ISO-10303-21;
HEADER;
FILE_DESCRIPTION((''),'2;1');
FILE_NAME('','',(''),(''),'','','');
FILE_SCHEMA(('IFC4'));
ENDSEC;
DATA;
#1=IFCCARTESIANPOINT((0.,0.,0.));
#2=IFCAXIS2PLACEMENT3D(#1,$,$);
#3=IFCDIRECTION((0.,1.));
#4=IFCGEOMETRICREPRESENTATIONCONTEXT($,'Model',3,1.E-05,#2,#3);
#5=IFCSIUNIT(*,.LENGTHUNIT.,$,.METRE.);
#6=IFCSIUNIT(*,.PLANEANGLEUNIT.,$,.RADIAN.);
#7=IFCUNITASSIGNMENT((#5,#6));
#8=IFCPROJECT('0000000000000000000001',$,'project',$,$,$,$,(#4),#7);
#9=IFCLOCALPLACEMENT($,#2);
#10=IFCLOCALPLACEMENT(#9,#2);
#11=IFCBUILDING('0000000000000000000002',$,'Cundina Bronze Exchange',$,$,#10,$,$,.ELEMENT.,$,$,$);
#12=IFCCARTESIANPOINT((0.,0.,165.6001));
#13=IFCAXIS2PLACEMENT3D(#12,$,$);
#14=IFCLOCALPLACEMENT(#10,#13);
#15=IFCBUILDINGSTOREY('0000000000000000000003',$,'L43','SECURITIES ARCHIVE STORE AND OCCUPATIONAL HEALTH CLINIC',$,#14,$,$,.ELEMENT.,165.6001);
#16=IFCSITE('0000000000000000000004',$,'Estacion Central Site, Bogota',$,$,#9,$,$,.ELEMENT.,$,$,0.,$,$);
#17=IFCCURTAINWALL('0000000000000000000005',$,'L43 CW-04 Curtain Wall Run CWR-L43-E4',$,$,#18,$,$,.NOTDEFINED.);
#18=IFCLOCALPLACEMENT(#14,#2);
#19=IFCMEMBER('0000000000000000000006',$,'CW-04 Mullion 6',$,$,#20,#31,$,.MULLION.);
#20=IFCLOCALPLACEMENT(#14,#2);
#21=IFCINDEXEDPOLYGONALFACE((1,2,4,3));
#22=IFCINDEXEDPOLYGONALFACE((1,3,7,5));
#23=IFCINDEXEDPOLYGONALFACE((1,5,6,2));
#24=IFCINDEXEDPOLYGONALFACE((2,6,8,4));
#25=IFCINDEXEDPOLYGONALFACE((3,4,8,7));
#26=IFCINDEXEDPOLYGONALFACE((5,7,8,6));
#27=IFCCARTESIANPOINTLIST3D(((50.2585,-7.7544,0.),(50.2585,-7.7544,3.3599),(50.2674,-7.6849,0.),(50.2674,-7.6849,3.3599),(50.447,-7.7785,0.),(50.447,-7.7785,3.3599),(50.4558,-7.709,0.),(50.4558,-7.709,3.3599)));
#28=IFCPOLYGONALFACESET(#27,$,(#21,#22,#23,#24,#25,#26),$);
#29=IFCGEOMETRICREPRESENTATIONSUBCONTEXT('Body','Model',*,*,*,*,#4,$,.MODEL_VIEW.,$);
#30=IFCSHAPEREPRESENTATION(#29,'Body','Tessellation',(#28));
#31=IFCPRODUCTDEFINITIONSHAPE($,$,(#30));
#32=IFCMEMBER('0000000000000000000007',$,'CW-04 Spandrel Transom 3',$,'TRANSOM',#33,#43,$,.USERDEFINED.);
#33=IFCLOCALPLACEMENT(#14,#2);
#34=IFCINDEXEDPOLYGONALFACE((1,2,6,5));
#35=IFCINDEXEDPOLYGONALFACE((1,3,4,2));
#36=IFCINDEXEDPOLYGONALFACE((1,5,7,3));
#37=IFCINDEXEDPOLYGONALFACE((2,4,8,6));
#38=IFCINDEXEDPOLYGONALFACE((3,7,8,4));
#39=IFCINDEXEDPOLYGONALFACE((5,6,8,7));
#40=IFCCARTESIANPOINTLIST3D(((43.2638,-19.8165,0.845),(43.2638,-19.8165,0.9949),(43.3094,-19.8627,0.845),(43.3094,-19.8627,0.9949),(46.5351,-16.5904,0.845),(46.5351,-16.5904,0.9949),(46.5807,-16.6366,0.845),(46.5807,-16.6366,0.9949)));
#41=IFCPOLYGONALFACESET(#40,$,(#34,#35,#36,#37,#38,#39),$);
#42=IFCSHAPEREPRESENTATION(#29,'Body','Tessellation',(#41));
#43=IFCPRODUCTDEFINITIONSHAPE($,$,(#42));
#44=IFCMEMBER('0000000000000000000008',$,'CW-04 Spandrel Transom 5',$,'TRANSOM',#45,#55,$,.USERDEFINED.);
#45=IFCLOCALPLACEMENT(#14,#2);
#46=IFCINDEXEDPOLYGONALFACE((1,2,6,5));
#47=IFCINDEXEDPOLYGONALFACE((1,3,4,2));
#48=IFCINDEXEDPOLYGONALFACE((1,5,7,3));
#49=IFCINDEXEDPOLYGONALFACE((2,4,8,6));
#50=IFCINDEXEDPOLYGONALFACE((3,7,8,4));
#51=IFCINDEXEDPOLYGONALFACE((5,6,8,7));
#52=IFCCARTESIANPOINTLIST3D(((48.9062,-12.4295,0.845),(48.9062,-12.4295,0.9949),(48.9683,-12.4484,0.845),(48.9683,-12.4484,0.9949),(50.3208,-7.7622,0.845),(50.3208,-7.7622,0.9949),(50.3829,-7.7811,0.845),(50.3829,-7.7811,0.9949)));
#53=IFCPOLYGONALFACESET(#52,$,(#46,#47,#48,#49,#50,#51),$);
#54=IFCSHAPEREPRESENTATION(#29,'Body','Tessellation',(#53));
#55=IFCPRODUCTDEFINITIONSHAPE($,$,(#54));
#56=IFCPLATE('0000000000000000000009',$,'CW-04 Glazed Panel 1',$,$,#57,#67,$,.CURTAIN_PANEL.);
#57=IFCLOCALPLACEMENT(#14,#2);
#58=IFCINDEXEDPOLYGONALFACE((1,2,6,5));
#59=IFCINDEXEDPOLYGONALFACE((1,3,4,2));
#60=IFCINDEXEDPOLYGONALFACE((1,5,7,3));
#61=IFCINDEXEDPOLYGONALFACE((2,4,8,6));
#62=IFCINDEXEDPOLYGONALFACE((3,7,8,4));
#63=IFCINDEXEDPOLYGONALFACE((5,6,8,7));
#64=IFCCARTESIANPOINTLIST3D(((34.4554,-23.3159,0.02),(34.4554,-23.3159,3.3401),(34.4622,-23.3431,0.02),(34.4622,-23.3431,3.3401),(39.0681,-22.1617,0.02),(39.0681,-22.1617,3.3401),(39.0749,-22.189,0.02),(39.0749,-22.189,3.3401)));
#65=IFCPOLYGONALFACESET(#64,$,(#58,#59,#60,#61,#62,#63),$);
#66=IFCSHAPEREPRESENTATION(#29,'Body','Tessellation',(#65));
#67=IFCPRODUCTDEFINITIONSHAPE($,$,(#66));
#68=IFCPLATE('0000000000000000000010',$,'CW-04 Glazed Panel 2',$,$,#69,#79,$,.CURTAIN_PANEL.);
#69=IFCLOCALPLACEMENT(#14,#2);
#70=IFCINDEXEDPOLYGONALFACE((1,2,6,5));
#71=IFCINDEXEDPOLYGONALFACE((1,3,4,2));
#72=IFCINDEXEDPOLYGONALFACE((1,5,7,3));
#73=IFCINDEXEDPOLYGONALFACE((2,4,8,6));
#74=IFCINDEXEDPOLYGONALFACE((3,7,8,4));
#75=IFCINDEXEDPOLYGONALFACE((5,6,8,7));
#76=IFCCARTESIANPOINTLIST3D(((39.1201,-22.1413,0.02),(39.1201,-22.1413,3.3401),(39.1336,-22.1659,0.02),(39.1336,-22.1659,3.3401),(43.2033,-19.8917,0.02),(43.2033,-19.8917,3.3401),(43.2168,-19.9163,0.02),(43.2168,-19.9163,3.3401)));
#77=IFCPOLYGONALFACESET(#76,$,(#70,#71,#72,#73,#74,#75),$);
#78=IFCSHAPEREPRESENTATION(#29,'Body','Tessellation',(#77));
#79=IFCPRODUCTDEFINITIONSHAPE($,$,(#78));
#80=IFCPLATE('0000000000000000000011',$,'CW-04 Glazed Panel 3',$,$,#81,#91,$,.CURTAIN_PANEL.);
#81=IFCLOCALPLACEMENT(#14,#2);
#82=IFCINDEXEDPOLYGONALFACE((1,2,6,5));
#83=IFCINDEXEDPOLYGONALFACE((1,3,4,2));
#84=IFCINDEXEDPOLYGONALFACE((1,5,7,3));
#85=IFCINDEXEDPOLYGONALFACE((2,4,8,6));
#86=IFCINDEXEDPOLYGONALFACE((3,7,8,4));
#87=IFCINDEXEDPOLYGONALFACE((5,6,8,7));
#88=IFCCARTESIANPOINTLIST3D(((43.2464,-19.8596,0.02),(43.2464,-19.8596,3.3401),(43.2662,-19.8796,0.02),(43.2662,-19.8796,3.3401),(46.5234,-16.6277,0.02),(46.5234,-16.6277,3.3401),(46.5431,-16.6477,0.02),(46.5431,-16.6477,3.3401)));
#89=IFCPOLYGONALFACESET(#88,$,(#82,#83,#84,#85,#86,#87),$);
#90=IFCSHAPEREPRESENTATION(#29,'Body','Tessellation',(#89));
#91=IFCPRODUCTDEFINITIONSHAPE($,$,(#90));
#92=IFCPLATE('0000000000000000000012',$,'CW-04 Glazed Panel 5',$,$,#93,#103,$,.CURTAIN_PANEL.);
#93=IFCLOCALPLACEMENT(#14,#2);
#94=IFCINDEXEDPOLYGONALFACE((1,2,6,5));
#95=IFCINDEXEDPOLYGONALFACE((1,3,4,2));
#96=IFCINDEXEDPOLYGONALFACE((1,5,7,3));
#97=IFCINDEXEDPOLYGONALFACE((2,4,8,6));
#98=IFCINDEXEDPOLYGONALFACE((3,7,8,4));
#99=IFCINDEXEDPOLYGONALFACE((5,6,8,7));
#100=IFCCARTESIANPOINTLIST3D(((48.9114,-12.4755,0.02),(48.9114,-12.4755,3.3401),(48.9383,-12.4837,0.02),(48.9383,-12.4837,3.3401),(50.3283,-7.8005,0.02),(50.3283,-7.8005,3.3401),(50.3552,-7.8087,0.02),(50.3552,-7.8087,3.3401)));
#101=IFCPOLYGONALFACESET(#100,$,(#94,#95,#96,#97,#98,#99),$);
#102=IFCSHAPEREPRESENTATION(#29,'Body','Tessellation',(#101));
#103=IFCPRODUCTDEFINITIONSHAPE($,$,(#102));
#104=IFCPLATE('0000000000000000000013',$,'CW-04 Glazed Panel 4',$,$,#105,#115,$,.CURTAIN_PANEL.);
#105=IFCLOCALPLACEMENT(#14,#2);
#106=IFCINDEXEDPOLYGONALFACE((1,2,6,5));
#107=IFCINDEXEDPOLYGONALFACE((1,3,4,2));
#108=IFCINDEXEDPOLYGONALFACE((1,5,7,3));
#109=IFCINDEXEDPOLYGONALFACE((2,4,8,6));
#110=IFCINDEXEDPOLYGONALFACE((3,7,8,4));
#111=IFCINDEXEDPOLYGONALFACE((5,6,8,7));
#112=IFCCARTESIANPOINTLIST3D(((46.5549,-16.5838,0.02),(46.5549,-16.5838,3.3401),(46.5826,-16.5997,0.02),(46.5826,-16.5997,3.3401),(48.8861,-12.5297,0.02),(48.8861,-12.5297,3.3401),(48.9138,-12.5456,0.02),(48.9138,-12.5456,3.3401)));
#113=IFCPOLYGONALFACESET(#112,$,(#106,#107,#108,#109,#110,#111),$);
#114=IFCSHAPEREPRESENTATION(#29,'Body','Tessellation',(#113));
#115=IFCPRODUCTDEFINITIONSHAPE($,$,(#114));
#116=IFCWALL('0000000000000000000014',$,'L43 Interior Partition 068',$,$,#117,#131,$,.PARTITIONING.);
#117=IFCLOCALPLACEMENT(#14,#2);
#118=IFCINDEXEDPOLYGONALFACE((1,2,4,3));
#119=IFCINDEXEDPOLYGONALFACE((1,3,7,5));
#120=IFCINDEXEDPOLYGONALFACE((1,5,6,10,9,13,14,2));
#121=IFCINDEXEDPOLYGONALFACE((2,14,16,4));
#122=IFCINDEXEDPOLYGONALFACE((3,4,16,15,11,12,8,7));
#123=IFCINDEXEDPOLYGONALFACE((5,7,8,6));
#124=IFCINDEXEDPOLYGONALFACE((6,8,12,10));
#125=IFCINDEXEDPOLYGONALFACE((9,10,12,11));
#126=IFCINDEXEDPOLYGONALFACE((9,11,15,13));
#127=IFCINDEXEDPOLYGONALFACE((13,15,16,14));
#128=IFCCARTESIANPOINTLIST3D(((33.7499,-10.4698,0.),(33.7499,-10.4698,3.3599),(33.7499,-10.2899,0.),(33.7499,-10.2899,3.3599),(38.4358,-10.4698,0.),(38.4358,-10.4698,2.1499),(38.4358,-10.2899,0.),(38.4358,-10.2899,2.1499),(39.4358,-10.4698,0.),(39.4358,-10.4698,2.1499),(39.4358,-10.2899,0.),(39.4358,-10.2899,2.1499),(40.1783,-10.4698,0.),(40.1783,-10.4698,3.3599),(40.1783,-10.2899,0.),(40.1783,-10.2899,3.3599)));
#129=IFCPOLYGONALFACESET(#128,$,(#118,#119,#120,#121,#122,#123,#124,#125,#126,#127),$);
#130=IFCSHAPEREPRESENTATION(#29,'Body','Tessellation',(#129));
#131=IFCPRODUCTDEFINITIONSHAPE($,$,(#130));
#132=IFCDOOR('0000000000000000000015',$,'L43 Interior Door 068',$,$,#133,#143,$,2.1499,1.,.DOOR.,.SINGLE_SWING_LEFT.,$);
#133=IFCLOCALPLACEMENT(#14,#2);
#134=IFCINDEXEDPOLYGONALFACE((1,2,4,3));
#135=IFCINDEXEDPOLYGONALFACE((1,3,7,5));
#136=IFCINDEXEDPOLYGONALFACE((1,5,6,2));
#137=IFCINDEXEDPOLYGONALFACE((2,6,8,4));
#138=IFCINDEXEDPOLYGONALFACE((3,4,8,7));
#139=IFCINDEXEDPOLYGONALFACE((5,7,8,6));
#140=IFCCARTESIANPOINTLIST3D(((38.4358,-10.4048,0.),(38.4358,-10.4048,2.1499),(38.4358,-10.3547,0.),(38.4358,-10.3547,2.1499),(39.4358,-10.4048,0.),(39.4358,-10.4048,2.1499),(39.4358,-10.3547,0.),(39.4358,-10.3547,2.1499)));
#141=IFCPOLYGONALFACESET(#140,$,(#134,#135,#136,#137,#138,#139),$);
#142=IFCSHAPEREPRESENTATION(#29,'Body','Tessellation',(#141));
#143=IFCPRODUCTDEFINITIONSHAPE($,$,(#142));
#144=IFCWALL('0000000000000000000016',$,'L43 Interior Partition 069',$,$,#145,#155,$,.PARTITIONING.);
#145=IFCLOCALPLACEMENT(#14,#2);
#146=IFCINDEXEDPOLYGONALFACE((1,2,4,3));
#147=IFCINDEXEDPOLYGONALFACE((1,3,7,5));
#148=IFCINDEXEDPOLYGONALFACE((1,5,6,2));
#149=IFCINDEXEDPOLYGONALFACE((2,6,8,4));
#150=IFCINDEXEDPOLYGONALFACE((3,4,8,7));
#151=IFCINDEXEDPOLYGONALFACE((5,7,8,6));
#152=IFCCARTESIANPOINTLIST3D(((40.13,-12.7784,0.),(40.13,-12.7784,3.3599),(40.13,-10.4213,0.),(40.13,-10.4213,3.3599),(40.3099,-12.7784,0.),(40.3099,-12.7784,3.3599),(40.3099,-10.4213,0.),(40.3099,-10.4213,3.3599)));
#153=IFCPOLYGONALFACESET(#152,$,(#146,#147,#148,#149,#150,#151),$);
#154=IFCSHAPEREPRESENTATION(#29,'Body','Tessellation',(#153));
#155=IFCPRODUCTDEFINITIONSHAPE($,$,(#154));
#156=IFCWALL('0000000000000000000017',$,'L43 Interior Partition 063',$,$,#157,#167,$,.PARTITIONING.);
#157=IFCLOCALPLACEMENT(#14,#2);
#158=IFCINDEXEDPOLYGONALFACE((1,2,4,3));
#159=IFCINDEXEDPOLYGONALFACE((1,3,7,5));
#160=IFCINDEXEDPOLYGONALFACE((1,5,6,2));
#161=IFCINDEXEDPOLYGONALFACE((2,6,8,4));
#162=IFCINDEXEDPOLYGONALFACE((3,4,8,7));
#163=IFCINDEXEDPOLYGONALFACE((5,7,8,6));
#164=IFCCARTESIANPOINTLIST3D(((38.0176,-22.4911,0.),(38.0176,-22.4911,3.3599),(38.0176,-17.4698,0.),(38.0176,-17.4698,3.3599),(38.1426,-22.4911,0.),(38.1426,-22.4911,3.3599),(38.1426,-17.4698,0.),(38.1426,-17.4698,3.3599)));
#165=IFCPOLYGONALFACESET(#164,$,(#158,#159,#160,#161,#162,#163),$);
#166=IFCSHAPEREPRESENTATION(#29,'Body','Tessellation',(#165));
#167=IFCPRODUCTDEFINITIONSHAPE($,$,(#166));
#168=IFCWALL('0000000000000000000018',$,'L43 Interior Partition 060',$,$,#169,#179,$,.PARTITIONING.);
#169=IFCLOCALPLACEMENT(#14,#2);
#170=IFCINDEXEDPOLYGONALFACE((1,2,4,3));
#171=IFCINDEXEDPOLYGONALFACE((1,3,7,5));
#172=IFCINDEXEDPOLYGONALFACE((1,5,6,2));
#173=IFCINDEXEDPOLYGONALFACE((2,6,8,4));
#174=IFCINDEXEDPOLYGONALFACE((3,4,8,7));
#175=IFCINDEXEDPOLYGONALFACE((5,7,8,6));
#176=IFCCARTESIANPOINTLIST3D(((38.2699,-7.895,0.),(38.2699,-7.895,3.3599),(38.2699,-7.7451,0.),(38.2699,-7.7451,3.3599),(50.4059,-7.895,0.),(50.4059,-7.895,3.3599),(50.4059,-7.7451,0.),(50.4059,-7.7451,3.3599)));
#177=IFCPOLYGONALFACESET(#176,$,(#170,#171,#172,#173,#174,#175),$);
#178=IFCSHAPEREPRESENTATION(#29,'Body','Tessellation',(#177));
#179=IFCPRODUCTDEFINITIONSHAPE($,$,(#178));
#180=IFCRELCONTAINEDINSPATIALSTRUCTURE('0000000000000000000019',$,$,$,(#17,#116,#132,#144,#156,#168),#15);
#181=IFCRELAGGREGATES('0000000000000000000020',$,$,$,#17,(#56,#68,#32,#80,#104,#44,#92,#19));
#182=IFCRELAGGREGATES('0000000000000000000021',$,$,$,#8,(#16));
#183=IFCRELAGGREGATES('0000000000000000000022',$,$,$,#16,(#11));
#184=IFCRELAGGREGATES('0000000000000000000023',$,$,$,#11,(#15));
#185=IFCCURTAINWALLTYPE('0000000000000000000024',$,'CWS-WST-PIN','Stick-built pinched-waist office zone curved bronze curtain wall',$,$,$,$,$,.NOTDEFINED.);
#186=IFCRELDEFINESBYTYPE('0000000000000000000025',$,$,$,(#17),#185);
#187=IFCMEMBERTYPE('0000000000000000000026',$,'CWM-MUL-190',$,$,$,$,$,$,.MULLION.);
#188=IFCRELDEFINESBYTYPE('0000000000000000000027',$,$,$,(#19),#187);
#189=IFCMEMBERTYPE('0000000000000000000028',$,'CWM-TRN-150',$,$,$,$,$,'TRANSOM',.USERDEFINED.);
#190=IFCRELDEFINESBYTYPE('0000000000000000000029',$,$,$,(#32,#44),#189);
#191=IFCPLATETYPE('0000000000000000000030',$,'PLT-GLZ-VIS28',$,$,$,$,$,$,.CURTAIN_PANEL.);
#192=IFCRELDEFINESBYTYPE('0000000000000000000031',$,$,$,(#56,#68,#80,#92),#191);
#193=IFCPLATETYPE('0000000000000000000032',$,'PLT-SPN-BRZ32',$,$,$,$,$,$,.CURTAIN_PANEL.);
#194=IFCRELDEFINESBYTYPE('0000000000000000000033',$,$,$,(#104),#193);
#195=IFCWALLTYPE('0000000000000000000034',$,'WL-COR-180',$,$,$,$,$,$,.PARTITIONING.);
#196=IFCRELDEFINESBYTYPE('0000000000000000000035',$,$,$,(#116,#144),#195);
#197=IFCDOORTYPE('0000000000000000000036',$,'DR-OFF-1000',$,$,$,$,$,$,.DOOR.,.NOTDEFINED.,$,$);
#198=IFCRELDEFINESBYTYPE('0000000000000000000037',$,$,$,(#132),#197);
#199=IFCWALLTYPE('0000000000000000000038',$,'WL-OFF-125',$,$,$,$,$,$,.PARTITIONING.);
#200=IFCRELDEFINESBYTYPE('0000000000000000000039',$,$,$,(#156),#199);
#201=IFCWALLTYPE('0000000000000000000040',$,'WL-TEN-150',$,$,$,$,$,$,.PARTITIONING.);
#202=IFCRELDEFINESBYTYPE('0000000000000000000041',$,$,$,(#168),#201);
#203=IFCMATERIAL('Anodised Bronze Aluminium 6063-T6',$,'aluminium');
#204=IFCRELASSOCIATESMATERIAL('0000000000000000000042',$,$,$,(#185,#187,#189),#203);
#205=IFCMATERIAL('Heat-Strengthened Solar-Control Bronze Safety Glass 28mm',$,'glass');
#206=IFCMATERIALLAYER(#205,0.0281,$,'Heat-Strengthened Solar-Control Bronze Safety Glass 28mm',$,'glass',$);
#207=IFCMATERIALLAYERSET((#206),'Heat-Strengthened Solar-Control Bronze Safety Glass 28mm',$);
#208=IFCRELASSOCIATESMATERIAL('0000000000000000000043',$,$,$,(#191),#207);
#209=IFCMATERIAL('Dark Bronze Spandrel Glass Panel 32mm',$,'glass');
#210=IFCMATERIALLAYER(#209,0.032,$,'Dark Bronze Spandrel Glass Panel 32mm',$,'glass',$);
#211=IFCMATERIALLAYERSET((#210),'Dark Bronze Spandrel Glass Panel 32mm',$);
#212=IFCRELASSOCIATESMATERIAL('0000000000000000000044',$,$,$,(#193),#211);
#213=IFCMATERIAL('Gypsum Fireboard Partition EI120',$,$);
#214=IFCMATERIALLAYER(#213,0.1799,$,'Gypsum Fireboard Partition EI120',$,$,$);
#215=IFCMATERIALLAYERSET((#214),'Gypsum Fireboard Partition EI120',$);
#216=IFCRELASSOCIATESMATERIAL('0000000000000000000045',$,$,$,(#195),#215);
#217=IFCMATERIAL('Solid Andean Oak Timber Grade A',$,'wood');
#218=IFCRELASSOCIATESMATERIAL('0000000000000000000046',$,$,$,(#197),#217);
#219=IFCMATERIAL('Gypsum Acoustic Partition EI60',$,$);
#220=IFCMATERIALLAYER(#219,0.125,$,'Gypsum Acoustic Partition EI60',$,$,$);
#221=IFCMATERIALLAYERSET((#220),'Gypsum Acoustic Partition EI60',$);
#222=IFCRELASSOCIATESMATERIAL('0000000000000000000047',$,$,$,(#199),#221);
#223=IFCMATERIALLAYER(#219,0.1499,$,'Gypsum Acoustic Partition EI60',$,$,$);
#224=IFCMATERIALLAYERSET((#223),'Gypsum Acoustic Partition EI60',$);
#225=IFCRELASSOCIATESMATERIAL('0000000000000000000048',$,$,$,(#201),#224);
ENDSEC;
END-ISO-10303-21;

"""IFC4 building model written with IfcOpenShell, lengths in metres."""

from ifc_helpers import new_model, si_unit, direction, frame, frame_2d, origin, origin_2d, place, context, subcontext, project, spatial, rectangle, extrude, material, layer, layer_set, material_profile, profile_set, type_object, element, fill, aggregate, save


model = new_model("IFC4")

# Units and contexts
model_context = context("Model", 3, precision=1e-05, world=origin(), true_north=direction((0.0, 1.0)))
body_context = subcontext(model_context, "Body", "Model", "MODEL_VIEW")
ifc_project = project(units=[si_unit("LENGTHUNIT", "METRE"), si_unit("PLANEANGLEUNIT", "RADIAN")], contexts=[model_context])

# Site, building, storey
site_placement = place(None, origin())
site = spatial("IfcSite", under=ifc_project, at=site_placement, Name="Estacion Central Site, Bogota", CompositionType="ELEMENT", RefElevation=0.0)
building_placement = place(site_placement, origin())
building = spatial("IfcBuilding", under=site, at=building_placement, Name="Cundina Bronze Exchange", CompositionType="ELEMENT")
storey_placement = place(building_placement, frame((0.0, 0.0, 165.6001)))
storey = spatial("IfcBuildingStorey", under=building, at=storey_placement, Name="L43", Description="SECURITIES ARCHIVE STORE AND OCCUPATIONAL HEALTH CLINIC", CompositionType="ELEMENT", Elevation=165.6001)

# Curtain wall, members, plates
ifc_material_1 = material(Name="Anodised Bronze Aluminium 6063-T6", Category="aluminium")
curtain_wall_type = type_object("IfcCurtainWallType", Name="CWS-WST-PIN", Description="Stick-built pinched-waist office zone curved bronze curtain wall", PredefinedType="NOTDEFINED", material=ifc_material_1)
curtain_wall_placement = place(storey_placement, origin())
curtain_wall = element("IfcCurtainWall", 1, at=curtain_wall_placement, inside=storey, type_object=curtain_wall_type, Name="L43 CW-04 Curtain Wall Run CWR-L43-E4", PredefinedType="NOTDEFINED")
ifc_material_profile_1 = material_profile(ifc_material_1, rectangle(XDim=0.0701, YDim=0.1899, at=origin_2d()), Name="AL70X190", Category="aluminium")
ifc_profile_set_1 = profile_set([ifc_material_profile_1], Name="Anodised Bronze Aluminium 6063-T6")
member_type_1 = type_object("IfcMemberType", Name="CWM-MUL-190", PredefinedType="MULLION", material=ifc_profile_set_1)
member_1_placement = place(storey_placement, frame((50.3572, -7.7317, 0.0), z_axis=(0.0, 0.0, 1.0), x_axis=(0.126545, 0.991961, 0.0)))
member_1 = element("IfcMember", 2, at=member_1_placement, type_object=member_type_1, Name="CW-04 Mullion 6", PredefinedType="MULLION", context=body_context, shape_type="SweptSolid", body=[
    extrude(rectangle(XDim=0.0701, YDim=0.1899, at=origin_2d()), origin(), (0.0, 0.0, 1.0), 3.3599),
])
ifc_material_profile_2 = material_profile(ifc_material_1, rectangle(XDim=0.0649, YDim=0.1499, at=origin_2d()), Name="AL65X150", Category="aluminium")
ifc_profile_set_2 = profile_set([ifc_material_profile_2], Name="Anodised Bronze Aluminium 6063-T6")
member_type_2 = type_object("IfcMemberType", Name="CWM-TRN-150", ElementType="TRANSOM", PredefinedType="USERDEFINED", material=ifc_profile_set_2)
member_2_placement = place(storey_placement, frame((43.2866, -19.8396, 0.9199), z_axis=(0.712005, 0.702174, 0.0), x_axis=(-0.702174, 0.712005, 0.0)))
member_2 = element("IfcMember", 3, at=member_2_placement, type_object=member_type_2, Name="CW-04 Spandrel Transom 3", ObjectType="TRANSOM", PredefinedType="USERDEFINED", context=body_context, shape_type="SweptSolid", body=[
    extrude(rectangle(XDim=0.0649, YDim=0.1499, at=origin_2d()), origin(), (0.0, 0.0, 1.0), 4.5945),
])
member_3_placement = place(storey_placement, frame((48.9373, -12.439, 0.9199), z_axis=(0.290052, 0.957011, 0.0), x_axis=(-0.957011, 0.290052, 0.0)))
member_3 = element("IfcMember", 4, at=member_3_placement, type_object=member_type_2, Name="CW-04 Spandrel Transom 5", ObjectType="TRANSOM", PredefinedType="USERDEFINED", context=body_context, shape_type="SweptSolid", body=[
    extrude(rectangle(XDim=0.0649, YDim=0.1499, at=origin_2d()), origin(), (0.0, 0.0, 1.0), 4.877),
])
ifc_material_2 = material(Name="Heat-Strengthened Solar-Control Bronze Safety Glass 28mm", Category="glass")
ifc_layer_1 = layer(ifc_material_2, 0.0281, Name="Heat-Strengthened Solar-Control Bronze Safety Glass 28mm", Category="glass")
ifc_layer_set_1 = layer_set([ifc_layer_1], Name="Heat-Strengthened Solar-Control Bronze Safety Glass 28mm")
plate_type_1 = type_object("IfcPlateType", Name="PLT-GLZ-VIS28", PredefinedType="CURTAIN_PANEL", material=ifc_layer_set_1)
plate_1_placement = place(storey_placement, frame((36.7651, -22.7524, 0.02), z_axis=(0.0, 0.0, 1.0), x_axis=(0.970093, 0.242735, 0.0)))
plate_1 = element("IfcPlate", 5, at=plate_1_placement, type_object=plate_type_1, Name="CW-04 Glazed Panel 1", PredefinedType="CURTAIN_PANEL", context=body_context, shape_type="SweptSolid", body=[
    extrude(rectangle(XDim=4.7549, YDim=0.0281, at=origin_2d()), origin(), (0.0, 0.0, 1.0), 3.3201),
])
plate_2_placement = place(storey_placement, frame((41.1685, -21.0288, 0.02), z_axis=(0.0, 0.0, 1.0), x_axis=(0.875869, 0.482549, 0.0)))
plate_2 = element("IfcPlate", 6, at=plate_2_placement, type_object=plate_type_1, Name="CW-04 Glazed Panel 2", PredefinedType="CURTAIN_PANEL", context=body_context, shape_type="SweptSolid", body=[
    extrude(rectangle(XDim=4.6619, YDim=0.0281, at=origin_2d()), origin(), (0.0, 0.0, 1.0), 3.3201),
])
plate_3_placement = place(storey_placement, frame((44.8948, -18.2537, 0.02), z_axis=(0.0, 0.0, 1.0), x_axis=(0.711989, 0.70219, 0.0)))
plate_3 = element("IfcPlate", 7, at=plate_3_placement, type_object=plate_type_1, Name="CW-04 Glazed Panel 3", PredefinedType="CURTAIN_PANEL", context=body_context, shape_type="SweptSolid", body=[
    extrude(rectangle(XDim=4.6025, YDim=0.0281, at=origin_2d()), origin(), (0.0, 0.0, 1.0), 3.3201),
])
plate_4_placement = place(storey_placement, frame((49.6333, -10.1421, 0.02), z_axis=(0.0, 0.0, 1.0), x_axis=(0.290051, 0.957011, 0.0)))
plate_4 = element("IfcPlate", 8, at=plate_4_placement, type_object=plate_type_1, Name="CW-04 Glazed Panel 5", PredefinedType="CURTAIN_PANEL", context=body_context, shape_type="SweptSolid", body=[
    extrude(rectangle(XDim=4.885, YDim=0.0281, at=origin_2d()), origin(), (0.0, 0.0, 1.0), 3.3201),
])
ifc_material_3 = material(Name="Dark Bronze Spandrel Glass Panel 32mm", Category="glass")
ifc_layer_2 = layer(ifc_material_3, 0.032, Name="Dark Bronze Spandrel Glass Panel 32mm", Category="glass")
ifc_layer_set_2 = layer_set([ifc_layer_2], Name="Dark Bronze Spandrel Glass Panel 32mm")
plate_type_2 = type_object("IfcPlateType", Name="PLT-SPN-BRZ32", PredefinedType="CURTAIN_PANEL", material=ifc_layer_set_2)
plate_5_placement = place(storey_placement, frame((47.7344, -14.5647, 0.02), z_axis=(0.0, 0.0, 1.0), x_axis=(0.498488, 0.866897, 0.0)))
plate_5 = element("IfcPlate", 9, at=plate_5_placement, type_object=plate_type_2, Name="CW-04 Glazed Panel 4", PredefinedType="CURTAIN_PANEL", context=body_context, shape_type="SweptSolid", body=[
    extrude(rectangle(XDim=4.6765, YDim=0.032, at=origin_2d()), origin(), (0.0, 0.0, 1.0), 3.3201),
])
aggregate(curtain_wall, [plate_1, plate_2, member_2, plate_3, plate_5, member_3, plate_4, member_1])

# Wall, opening, door
ifc_material_4 = material(Name="Gypsum Fireboard Partition EI120")
ifc_layer_3 = layer(ifc_material_4, 0.1799, Name="Gypsum Fireboard Partition EI120")
ifc_layer_set_3 = layer_set([ifc_layer_3], Name="Gypsum Fireboard Partition EI120")
wall_type_1 = type_object("IfcWallType", Name="WL-COR-180", PredefinedType="PARTITIONING", material=ifc_layer_set_3)
wall_1_placement = place(storey_placement, frame((40.1785, -10.3799, 0.0), z_axis=(0.0, 0.0, 1.0), x_axis=(-1.0, 0.0, 0.0)))
wall_1 = element("IfcWall", 10, at=wall_1_placement, inside=storey, type_object=wall_type_1, Name="L43 Interior Partition 068", PredefinedType="PARTITIONING", context=body_context, shape_type="SweptSolid", body=[
    extrude(rectangle(XDim=6.4285, YDim=0.1799, at=frame_2d((3.2144, 0.0))), origin(), (0.0, 0.0, 1.0), 3.3599),
])
opening_placement = place(wall_1_placement, frame((0.7427, 0.0, 0.0)))
opening = element("IfcOpeningElement", 11, at=opening_placement, cuts=wall_1, PredefinedType="OPENING", context=body_context, shape_type="SweptSolid", body=[
    extrude(rectangle(XDim=1.0, YDim=2.1499, at=frame_2d((0.5, 1.075))), frame((0.0, 0.0999, 0.0), z_axis=(0.0, -1.0, 0.0), x_axis=(1.0, 0.0, 0.0)), (0.0, 0.0, 1.0), 0.2),
])
ifc_material_5 = material(Name="Solid Andean Oak Timber Grade A", Category="wood")
door_type = type_object("IfcDoorType", Name="DR-OFF-1000", OperationType="NOTDEFINED", PredefinedType="DOOR", material=ifc_material_5)
door_placement = place(opening_placement, origin())
door = element("IfcDoor", 12, at=door_placement, inside=storey, type_object=door_type, Name="L43 Interior Door 068", OperationType="SINGLE_SWING_LEFT", OverallHeight=2.1499, OverallWidth=1.0, PredefinedType="DOOR", context=body_context, shape_type="SweptSolid", body=[
    extrude(rectangle(XDim=1.0, YDim=2.1499, at=frame_2d((0.5, 1.075))), frame((0.0, 0.0249, 0.0), z_axis=(0.0, -1.0, 0.0), x_axis=(1.0, 0.0, 0.0)), (0.0, 0.0, 1.0), 0.05),
])
fill(opening, door)

# Walls
wall_2_placement = place(storey_placement, frame((40.22, -12.7786, 0.0), z_axis=(0.0, 0.0, 1.0), x_axis=(0.0, 1.0, 0.0)))
element("IfcWall", 13, at=wall_2_placement, inside=storey, type_object=wall_type_1, Name="L43 Interior Partition 069", PredefinedType="PARTITIONING", context=body_context, shape_type="SweptSolid", body=[
    extrude(rectangle(XDim=2.3572, YDim=0.1799, at=frame_2d((1.1787, 0.0))), origin(), (0.0, 0.0, 1.0), 3.3599),
])
ifc_material_6 = material(Name="Gypsum Acoustic Partition EI60")
ifc_layer_4 = layer(ifc_material_6, 0.125, Name="Gypsum Acoustic Partition EI60")
ifc_layer_set_4 = layer_set([ifc_layer_4], Name="Gypsum Acoustic Partition EI60")
wall_type_2 = type_object("IfcWallType", Name="WL-OFF-125", PredefinedType="PARTITIONING", material=ifc_layer_set_4)
wall_3_placement = place(storey_placement, frame((38.0801, -22.4912, 0.0), z_axis=(0.0, 0.0, 1.0), x_axis=(0.0, 1.0, 0.0)))
element("IfcWall", 14, at=wall_3_placement, inside=storey, type_object=wall_type_2, Name="L43 Interior Partition 063", PredefinedType="PARTITIONING", context=body_context, shape_type="SweptSolid", body=[
    extrude(rectangle(XDim=5.0212, YDim=0.125, at=frame_2d((2.5107, 0.0))), origin(), (0.0, 0.0, 1.0), 3.3599),
])
ifc_layer_5 = layer(ifc_material_6, 0.1499, Name="Gypsum Acoustic Partition EI60")
ifc_layer_set_5 = layer_set([ifc_layer_5], Name="Gypsum Acoustic Partition EI60")
wall_type_3 = type_object("IfcWallType", Name="WL-TEN-150", PredefinedType="PARTITIONING", material=ifc_layer_set_5)
wall_4_placement = place(storey_placement, frame((38.27, -7.8201, 0.0), z_axis=(0.0, 0.0, 1.0), x_axis=(1.0, 0.0, 0.0)))
element("IfcWall", 15, at=wall_4_placement, inside=storey, type_object=wall_type_3, Name="L43 Interior Partition 060", PredefinedType="PARTITIONING", context=body_context, shape_type="SweptSolid", body=[
    extrude(rectangle(XDim=12.136, YDim=0.1499, at=frame_2d((6.0679, 0.0))), origin(), (0.0, 0.0, 1.0), 3.3599),
])

save(model, "model.ifc")
